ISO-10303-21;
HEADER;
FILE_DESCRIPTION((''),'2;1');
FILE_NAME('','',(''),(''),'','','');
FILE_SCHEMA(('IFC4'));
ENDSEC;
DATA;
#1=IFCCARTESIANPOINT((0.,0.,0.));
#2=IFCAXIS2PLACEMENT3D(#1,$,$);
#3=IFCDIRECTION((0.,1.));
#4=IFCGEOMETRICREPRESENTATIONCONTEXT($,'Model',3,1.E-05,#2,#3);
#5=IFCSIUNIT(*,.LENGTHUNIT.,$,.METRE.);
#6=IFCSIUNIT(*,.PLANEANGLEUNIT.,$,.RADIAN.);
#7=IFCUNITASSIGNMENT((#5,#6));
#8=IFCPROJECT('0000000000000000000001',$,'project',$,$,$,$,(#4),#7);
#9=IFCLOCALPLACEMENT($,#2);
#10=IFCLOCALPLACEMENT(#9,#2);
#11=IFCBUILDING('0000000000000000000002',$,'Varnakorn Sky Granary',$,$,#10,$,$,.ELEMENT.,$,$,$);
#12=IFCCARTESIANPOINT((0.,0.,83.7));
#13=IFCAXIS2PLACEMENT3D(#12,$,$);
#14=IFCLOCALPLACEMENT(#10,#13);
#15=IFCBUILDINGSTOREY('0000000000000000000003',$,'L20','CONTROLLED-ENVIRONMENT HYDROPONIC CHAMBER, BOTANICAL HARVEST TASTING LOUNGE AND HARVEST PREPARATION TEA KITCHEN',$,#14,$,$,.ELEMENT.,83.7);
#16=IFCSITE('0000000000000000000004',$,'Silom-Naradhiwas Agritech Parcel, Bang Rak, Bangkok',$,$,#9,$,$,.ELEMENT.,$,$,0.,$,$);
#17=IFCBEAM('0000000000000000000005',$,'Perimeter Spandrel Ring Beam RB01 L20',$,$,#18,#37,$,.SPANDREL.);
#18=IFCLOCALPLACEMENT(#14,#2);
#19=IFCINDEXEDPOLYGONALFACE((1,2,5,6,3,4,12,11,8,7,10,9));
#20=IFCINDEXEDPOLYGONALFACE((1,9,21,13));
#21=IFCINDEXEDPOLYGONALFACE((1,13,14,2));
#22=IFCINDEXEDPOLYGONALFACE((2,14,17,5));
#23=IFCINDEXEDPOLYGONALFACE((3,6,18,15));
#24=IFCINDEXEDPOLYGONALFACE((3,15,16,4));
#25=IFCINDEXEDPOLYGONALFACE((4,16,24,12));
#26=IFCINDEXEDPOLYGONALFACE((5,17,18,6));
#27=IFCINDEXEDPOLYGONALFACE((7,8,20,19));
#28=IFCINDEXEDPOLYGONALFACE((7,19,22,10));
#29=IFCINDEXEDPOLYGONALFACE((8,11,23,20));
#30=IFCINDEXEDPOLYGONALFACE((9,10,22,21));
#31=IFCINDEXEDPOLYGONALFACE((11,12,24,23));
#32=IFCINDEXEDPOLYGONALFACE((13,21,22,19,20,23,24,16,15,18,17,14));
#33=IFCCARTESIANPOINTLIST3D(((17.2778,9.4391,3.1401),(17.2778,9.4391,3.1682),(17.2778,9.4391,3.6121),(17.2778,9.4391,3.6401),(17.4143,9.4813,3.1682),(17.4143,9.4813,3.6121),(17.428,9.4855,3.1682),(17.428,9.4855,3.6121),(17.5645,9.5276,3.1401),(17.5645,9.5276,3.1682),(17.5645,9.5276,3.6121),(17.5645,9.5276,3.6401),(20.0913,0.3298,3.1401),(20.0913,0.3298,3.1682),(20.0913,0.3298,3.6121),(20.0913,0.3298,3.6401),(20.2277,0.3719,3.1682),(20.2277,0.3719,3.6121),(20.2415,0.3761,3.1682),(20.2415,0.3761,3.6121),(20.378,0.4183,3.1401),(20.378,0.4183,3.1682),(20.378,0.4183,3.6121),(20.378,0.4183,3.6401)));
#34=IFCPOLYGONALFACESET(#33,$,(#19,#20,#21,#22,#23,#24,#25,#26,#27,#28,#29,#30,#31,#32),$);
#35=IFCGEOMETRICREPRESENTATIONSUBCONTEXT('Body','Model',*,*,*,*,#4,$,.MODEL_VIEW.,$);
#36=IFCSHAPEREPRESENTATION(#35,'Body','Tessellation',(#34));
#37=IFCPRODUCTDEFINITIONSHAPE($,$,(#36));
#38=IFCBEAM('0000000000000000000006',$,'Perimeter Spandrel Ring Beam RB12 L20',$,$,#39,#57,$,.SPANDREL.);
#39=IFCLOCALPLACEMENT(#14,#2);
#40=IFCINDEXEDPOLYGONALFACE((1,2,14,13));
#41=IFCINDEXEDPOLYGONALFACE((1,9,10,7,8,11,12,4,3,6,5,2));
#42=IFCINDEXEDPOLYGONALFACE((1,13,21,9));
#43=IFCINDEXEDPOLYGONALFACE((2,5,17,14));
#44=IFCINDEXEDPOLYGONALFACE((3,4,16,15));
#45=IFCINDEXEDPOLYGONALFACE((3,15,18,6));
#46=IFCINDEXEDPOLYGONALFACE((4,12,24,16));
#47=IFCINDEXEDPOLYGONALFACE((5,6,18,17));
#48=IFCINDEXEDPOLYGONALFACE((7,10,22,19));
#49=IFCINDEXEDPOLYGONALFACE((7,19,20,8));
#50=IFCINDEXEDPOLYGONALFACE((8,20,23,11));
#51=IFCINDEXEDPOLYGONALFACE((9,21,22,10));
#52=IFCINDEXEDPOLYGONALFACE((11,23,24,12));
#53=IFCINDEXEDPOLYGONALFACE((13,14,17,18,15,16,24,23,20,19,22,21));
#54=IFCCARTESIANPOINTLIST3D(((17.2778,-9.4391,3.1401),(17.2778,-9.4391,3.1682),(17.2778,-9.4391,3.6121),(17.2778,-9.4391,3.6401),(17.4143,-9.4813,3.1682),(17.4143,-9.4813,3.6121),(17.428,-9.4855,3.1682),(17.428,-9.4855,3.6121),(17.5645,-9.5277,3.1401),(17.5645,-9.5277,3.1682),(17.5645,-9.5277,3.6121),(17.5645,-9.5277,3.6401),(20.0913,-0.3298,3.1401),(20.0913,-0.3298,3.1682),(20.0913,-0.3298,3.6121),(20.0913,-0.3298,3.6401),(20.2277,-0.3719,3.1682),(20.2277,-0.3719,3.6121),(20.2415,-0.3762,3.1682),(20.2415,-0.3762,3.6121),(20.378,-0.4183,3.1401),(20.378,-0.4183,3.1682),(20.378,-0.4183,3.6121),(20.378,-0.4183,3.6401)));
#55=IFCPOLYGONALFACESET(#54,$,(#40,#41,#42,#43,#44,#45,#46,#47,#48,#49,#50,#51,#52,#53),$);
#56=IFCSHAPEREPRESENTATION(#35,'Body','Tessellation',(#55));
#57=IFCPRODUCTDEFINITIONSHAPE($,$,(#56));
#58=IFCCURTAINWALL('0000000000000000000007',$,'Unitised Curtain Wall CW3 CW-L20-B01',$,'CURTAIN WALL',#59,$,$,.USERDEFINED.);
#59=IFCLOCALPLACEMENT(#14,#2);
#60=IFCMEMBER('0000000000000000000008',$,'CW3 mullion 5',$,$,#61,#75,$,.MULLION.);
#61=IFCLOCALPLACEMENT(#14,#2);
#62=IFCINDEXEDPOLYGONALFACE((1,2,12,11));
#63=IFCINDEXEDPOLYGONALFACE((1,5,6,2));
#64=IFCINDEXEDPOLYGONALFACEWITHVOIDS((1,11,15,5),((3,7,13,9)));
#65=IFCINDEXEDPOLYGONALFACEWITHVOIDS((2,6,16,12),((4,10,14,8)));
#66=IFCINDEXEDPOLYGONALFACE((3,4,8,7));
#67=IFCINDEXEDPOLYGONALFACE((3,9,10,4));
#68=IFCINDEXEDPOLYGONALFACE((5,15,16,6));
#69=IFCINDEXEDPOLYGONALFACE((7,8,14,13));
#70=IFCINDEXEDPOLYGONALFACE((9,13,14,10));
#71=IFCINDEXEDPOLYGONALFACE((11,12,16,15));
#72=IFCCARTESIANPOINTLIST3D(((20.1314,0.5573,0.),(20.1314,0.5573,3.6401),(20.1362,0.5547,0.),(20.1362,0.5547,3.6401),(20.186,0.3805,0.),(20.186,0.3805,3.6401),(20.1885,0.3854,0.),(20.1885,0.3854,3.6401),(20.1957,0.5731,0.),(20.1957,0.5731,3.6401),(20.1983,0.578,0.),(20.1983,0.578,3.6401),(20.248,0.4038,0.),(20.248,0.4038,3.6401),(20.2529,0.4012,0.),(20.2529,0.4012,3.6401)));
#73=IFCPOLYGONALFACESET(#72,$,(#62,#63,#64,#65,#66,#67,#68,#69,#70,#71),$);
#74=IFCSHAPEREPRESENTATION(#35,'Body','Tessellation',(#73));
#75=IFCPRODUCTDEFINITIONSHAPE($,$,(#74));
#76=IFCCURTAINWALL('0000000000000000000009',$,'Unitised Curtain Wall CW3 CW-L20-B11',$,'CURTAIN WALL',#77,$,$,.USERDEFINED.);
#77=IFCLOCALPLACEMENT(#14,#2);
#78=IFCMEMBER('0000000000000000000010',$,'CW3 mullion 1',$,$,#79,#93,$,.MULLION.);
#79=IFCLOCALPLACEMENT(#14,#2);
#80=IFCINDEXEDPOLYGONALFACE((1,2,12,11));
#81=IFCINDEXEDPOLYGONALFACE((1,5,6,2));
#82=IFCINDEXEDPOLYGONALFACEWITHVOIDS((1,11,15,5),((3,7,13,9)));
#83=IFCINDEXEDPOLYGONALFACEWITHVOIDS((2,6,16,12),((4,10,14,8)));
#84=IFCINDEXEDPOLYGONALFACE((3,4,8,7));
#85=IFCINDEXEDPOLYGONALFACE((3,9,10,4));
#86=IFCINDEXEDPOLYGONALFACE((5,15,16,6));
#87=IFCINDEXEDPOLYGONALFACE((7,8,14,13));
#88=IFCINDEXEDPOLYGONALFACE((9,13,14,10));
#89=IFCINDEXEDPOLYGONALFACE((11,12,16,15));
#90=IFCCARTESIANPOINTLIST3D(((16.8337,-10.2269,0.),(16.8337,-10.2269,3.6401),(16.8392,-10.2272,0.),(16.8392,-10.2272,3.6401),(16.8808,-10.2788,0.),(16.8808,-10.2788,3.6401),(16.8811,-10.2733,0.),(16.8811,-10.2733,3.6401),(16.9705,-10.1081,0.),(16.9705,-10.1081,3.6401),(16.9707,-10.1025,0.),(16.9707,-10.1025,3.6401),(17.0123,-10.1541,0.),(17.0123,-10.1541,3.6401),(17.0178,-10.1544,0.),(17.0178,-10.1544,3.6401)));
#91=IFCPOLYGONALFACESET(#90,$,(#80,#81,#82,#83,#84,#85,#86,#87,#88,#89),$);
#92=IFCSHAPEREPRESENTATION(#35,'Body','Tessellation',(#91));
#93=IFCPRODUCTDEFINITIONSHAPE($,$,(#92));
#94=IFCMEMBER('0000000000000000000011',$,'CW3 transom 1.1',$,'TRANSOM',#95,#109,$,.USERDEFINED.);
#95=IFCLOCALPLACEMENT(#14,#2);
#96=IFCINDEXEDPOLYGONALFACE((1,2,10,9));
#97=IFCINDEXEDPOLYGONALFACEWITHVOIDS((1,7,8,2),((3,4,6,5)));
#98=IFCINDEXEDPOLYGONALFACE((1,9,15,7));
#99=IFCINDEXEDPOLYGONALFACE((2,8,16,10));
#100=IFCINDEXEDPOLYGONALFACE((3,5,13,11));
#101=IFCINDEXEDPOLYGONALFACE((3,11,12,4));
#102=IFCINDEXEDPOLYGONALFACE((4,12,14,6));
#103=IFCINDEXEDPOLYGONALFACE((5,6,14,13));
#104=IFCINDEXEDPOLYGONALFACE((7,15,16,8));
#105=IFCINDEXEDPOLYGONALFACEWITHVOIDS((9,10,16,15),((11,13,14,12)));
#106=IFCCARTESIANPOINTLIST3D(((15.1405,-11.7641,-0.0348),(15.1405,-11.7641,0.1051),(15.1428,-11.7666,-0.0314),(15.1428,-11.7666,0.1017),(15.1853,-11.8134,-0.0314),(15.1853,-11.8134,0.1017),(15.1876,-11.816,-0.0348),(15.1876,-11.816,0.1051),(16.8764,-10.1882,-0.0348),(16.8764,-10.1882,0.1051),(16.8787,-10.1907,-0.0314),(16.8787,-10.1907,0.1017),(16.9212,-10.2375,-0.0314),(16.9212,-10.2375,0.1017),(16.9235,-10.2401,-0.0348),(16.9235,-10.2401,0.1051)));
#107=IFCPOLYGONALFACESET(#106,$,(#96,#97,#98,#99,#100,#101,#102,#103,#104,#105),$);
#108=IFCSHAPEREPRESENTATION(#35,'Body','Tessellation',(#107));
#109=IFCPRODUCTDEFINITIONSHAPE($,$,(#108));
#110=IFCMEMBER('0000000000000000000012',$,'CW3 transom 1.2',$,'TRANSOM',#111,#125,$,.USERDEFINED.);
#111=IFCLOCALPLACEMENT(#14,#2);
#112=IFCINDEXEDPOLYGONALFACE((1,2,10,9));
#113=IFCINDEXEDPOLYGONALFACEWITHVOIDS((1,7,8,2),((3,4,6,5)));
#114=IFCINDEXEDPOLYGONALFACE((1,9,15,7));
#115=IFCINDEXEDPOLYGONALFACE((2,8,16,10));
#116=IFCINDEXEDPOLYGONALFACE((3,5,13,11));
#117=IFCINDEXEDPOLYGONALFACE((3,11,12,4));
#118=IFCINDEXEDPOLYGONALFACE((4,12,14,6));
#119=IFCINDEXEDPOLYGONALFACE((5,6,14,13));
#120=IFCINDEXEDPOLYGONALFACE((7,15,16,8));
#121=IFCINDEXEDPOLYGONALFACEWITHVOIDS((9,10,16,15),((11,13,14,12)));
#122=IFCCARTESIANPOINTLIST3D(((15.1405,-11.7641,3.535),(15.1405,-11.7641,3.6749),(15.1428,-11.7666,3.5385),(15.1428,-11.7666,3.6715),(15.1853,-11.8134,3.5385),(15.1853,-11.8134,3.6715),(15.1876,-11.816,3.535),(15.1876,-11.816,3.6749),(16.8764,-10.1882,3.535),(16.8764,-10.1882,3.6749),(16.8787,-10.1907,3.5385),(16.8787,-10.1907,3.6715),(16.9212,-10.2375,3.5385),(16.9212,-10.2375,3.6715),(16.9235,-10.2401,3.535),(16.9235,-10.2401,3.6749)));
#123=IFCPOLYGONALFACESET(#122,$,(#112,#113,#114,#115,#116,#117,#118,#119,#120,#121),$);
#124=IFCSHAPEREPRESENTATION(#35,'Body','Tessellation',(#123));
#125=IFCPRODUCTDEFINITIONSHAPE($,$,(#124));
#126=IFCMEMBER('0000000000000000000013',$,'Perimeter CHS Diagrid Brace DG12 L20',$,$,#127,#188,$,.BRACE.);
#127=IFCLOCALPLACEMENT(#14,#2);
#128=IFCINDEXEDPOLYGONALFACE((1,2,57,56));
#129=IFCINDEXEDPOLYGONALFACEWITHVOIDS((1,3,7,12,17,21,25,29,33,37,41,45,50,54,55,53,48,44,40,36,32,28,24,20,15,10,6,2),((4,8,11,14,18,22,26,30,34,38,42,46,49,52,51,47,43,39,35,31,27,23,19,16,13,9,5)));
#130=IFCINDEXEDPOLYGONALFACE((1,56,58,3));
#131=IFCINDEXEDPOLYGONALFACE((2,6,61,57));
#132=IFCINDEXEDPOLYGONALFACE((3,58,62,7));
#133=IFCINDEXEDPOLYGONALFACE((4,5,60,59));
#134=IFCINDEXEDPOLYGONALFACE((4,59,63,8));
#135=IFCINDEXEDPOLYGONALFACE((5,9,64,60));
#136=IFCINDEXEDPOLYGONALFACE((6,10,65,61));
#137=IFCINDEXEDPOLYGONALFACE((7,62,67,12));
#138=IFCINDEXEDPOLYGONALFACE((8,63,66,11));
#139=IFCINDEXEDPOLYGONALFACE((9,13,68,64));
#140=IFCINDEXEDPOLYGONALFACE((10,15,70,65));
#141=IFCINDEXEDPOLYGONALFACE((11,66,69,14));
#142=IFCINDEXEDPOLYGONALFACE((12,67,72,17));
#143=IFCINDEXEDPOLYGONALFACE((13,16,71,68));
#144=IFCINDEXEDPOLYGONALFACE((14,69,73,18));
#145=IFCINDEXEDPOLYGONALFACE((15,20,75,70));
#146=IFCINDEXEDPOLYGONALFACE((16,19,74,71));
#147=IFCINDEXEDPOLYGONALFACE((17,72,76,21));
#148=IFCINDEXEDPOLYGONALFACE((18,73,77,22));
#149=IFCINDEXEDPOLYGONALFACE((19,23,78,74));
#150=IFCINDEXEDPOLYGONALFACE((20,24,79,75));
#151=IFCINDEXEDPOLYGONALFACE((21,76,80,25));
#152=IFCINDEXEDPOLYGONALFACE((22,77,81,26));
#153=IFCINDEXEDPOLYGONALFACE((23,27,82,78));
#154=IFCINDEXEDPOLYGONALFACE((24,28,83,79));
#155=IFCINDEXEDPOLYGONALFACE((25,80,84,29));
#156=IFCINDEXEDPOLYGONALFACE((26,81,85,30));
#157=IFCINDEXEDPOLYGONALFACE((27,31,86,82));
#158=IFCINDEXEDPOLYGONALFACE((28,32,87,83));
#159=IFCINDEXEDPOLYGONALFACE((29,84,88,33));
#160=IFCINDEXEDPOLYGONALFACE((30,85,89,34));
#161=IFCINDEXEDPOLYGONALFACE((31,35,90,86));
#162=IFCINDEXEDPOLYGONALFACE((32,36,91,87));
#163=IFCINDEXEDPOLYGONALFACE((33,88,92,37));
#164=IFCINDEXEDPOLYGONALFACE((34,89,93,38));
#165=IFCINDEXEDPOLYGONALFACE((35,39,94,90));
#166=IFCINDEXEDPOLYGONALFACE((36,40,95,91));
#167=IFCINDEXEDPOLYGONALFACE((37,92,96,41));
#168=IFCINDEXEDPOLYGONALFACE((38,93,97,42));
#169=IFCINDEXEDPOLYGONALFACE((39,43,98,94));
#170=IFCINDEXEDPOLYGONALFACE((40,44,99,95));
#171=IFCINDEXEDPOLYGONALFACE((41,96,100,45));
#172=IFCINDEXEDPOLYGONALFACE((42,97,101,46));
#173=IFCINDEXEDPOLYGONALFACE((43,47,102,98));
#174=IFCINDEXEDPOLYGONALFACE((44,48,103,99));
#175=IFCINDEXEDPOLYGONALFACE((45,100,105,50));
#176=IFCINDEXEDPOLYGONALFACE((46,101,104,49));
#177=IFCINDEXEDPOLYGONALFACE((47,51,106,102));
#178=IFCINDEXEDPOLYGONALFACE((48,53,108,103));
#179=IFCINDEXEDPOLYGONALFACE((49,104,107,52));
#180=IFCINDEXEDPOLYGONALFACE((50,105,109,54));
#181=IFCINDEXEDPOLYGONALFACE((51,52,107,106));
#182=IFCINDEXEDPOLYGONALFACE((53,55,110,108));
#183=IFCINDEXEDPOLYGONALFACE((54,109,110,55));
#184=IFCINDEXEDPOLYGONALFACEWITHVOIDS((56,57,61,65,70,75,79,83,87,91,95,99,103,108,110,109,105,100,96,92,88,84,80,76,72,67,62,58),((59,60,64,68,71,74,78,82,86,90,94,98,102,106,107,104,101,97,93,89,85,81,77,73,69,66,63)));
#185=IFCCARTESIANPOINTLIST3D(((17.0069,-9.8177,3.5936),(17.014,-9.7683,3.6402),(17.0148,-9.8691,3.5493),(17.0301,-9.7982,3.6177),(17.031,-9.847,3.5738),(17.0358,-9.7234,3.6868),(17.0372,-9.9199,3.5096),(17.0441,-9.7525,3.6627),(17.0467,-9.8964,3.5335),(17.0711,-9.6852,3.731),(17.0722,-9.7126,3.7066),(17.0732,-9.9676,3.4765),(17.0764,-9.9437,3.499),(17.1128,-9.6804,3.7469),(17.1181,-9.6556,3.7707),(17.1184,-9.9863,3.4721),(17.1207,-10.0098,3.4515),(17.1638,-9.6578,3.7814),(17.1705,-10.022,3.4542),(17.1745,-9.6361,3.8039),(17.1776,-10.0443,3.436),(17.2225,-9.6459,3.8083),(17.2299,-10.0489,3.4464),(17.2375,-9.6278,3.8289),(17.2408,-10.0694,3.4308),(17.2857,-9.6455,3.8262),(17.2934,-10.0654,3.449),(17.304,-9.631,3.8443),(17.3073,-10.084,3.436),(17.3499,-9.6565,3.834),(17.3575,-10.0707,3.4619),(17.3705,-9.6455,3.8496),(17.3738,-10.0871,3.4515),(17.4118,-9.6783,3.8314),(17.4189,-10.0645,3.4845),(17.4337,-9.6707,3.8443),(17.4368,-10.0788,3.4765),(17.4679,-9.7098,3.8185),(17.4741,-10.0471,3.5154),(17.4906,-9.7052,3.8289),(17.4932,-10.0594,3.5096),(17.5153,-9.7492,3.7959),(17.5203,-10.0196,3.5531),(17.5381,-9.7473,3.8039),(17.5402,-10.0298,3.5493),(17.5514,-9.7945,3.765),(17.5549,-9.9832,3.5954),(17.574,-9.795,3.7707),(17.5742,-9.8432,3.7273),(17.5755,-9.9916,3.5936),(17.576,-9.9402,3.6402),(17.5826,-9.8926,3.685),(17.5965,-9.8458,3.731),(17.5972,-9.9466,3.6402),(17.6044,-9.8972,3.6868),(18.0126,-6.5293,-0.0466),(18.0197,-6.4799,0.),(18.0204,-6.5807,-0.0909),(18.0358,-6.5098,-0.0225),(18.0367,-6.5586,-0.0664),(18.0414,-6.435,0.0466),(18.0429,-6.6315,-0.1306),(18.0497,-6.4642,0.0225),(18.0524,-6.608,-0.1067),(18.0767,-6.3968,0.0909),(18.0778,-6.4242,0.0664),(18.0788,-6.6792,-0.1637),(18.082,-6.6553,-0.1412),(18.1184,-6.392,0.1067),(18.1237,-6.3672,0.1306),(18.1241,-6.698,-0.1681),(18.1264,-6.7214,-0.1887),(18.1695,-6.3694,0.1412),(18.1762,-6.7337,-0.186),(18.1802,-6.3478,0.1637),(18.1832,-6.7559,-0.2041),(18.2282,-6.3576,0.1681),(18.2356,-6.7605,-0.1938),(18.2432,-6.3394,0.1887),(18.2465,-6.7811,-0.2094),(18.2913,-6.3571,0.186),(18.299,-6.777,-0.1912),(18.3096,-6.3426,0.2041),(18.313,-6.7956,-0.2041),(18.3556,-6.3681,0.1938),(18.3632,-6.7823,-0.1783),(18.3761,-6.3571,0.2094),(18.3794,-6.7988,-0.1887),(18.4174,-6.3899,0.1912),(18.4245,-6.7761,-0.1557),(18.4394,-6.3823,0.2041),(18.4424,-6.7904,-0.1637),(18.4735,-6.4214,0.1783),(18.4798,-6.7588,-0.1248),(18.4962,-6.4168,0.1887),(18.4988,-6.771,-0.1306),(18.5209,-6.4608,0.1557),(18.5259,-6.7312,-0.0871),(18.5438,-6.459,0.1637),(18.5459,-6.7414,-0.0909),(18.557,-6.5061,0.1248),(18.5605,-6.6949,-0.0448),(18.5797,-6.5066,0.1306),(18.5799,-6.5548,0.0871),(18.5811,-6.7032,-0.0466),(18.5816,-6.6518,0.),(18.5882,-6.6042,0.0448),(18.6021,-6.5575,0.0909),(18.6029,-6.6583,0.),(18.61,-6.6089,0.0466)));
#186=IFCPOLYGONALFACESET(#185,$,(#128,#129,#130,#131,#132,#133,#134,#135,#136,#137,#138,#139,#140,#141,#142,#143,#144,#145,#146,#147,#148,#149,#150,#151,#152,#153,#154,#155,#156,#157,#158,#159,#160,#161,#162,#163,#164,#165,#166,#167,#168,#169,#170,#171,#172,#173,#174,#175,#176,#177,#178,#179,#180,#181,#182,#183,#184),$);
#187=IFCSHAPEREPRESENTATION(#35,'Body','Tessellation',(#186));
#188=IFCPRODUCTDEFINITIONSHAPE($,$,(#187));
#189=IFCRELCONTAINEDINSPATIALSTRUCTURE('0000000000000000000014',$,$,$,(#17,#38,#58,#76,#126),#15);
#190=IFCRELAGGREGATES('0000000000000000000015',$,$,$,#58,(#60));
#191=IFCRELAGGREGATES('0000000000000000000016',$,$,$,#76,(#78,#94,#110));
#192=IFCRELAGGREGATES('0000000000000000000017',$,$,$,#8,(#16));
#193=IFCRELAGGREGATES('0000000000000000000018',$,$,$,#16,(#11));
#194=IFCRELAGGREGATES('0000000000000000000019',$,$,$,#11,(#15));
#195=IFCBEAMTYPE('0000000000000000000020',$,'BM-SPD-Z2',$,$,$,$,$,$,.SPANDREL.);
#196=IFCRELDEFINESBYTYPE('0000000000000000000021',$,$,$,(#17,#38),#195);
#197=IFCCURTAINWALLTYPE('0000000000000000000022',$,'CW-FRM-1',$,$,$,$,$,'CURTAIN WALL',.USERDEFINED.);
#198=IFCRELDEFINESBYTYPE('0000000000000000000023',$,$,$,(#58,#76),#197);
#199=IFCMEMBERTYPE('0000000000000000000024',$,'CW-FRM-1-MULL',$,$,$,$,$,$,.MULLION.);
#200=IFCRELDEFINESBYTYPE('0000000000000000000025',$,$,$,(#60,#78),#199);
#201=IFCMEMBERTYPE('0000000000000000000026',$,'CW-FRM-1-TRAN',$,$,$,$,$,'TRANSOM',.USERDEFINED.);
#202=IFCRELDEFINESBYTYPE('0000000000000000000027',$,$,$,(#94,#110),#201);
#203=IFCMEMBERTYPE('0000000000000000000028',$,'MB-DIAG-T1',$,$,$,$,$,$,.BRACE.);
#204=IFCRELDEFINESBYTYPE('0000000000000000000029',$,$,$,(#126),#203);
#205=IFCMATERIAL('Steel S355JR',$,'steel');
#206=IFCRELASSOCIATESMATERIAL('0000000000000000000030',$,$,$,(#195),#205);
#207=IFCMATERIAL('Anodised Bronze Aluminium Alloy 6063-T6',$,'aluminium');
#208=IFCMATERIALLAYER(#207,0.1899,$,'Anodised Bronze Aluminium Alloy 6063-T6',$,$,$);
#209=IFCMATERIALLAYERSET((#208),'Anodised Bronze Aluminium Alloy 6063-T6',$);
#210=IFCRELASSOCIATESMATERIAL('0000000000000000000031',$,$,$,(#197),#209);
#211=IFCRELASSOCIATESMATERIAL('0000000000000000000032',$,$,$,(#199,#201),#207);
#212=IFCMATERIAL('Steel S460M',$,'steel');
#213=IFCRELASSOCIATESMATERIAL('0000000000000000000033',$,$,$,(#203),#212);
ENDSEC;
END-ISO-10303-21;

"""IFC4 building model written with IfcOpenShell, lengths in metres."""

from ifc_helpers import new_model, si_unit, direction, frame, origin, origin_2d, place, context, subcontext, project, spatial, hollow_rectangle, hollow_circle, i_section, extrude, material, layer, layer_set, material_profile, profile_set, type_object, element, aggregate, save


model = new_model("IFC4")

# Units and contexts
model_context = context("Model", 3, precision=1e-05, world=origin(), true_north=direction((0.0, 1.0)))
body_context = subcontext(model_context, "Body", "Model", "MODEL_VIEW")
ifc_project = project(units=[si_unit("LENGTHUNIT", "METRE"), si_unit("PLANEANGLEUNIT", "RADIAN")], contexts=[model_context])

# Site, building, storey
site_placement = place(None, origin())
site = spatial("IfcSite", under=ifc_project, at=site_placement, Name="Silom-Naradhiwas Agritech Parcel, Bang Rak, Bangkok", CompositionType="ELEMENT", RefElevation=0.0)
building_placement = place(site_placement, origin())
building = spatial("IfcBuilding", under=site, at=building_placement, Name="Varnakorn Sky Granary", CompositionType="ELEMENT")
storey_placement = place(building_placement, frame((0.0, 0.0, 83.7)))
storey = spatial("IfcBuildingStorey", under=building, at=storey_placement, Name="L20", Description="CONTROLLED-ENVIRONMENT HYDROPONIC CHAMBER, BOTANICAL HARVEST TASTING LOUNGE AND HARVEST PREPARATION TEA KITCHEN", CompositionType="ELEMENT", Elevation=83.7)

# Shared definitions
ifc_material_1 = material(Name="Steel S460M", Category="steel")

# Beams
ifc_material_2 = material(Name="Steel S355JR", Category="steel")
ifc_material_profile_1 = material_profile(ifc_material_2, i_section(OverallWidth=0.3, OverallDepth=0.5, WebThickness=0.0144, FlangeThickness=0.0281, at=origin_2d()), Name="HE 500 B")
ifc_profile_set_1 = profile_set([ifc_material_profile_1], Name="Steel S355JR")
beam_type_1 = type_object("IfcBeamType", Name="BM-SPD-Z2", PredefinedType="SPANDREL", material=ifc_profile_set_1)
for number, where, z_axis, x_axis, name in (
    (1, (20.2346, 0.374, 3.3901), (-0.295101, 0.955466, 0.0), (-0.955466, -0.295101, 0.0), "Perimeter Spandrel Ring Beam RB01 L20"),
    (2, (17.4211, -9.4834, 3.3901), (0.295101, 0.955466, 0.0), (-0.955466, 0.295101, 0.0), "Perimeter Spandrel Ring Beam RB12 L20"),
):
    element("IfcBeam", number, at=place(storey_placement, frame(where, z_axis=z_axis, x_axis=x_axis)), inside=storey, type_object=beam_type_1, Name=name, PredefinedType="SPANDREL", context=body_context, shape_type="SweptSolid", body=[
        extrude(i_section(OverallWidth=0.3, OverallDepth=0.5, WebThickness=0.0144, FlangeThickness=0.0281, at=origin_2d()), origin(), (0.0, 0.0, 1.0), 9.5339),
    ])

# Curtain wall, member
ifc_material_3 = material(Name="Anodised Bronze Aluminium Alloy 6063-T6", Category="aluminium")
ifc_layer_1 = layer(ifc_material_3, 0.1899, Name="Anodised Bronze Aluminium Alloy 6063-T6")
ifc_layer_set_1 = layer_set([ifc_layer_1], Name="Anodised Bronze Aluminium Alloy 6063-T6")
curtain_wall_type = type_object("IfcCurtainWallType", Name="CW-FRM-1", ElementType="CURTAIN WALL", PredefinedType="USERDEFINED", material=ifc_layer_set_1)
curtain_wall_1_placement = place(storey_placement, origin())
curtain_wall_1 = element("IfcCurtainWall", 3, at=curtain_wall_1_placement, inside=storey, type_object=curtain_wall_type, Name="Unitised Curtain Wall CW3 CW-L20-B01", ObjectType="CURTAIN WALL", PredefinedType="USERDEFINED")
ifc_material_profile_2 = material_profile(ifc_material_3, hollow_rectangle(XDim=0.0701, YDim=0.1851, WallThickness=0.0039, at=origin_2d()), Name="ALU MULL 70x185")
ifc_profile_set_2 = profile_set([ifc_material_profile_2], Name="Anodised Bronze Aluminium Alloy 6063-T6")
member_type_1 = type_object("IfcMemberType", Name="CW-FRM-1-MULL", PredefinedType="MULLION", material=ifc_profile_set_2)
member_1_placement = place(storey_placement, frame((20.1921, 0.4792, 0.0), z_axis=(0.0, 0.0, 1.0), x_axis=(0.955475, 0.295072, 0.0)))
member_1 = element("IfcMember", 4, at=member_1_placement, type_object=member_type_1, Name="CW3 mullion 5", PredefinedType="MULLION", context=body_context, shape_type="SweptSolid", body=[
    extrude(hollow_rectangle(XDim=0.0701, YDim=0.1851, WallThickness=0.0039, at=origin_2d()), origin(), (0.0, 0.0, 1.0), 3.6401),
])
aggregate(curtain_wall_1, [member_1])

# Curtain wall, members
curtain_wall_2_placement = place(storey_placement, origin())
curtain_wall_2 = element("IfcCurtainWall", 5, at=curtain_wall_2_placement, inside=storey, type_object=curtain_wall_type, Name="Unitised Curtain Wall CW3 CW-L20-B11", ObjectType="CURTAIN WALL", PredefinedType="USERDEFINED")
member_2_placement = place(storey_placement, frame((16.9258, -10.1907, 0.0), z_axis=(0.0, 0.0, 1.0), x_axis=(0.672211, -0.74036, 0.0)))
member_2 = element("IfcMember", 6, at=member_2_placement, type_object=member_type_1, Name="CW3 mullion 1", PredefinedType="MULLION", context=body_context, shape_type="SweptSolid", body=[
    extrude(hollow_rectangle(XDim=0.0701, YDim=0.1851, WallThickness=0.0039, at=origin_2d()), origin(), (0.0, 0.0, 1.0), 3.6401),
])
ifc_material_profile_3 = material_profile(ifc_material_3, hollow_rectangle(XDim=0.0701, YDim=0.1399, WallThickness=0.0034, at=origin_2d()), Name="ALU TRAN 70x140")
ifc_profile_set_3 = profile_set([ifc_material_profile_3], Name="Anodised Bronze Aluminium Alloy 6063-T6")
member_type_2 = type_object("IfcMemberType", Name="CW-FRM-1-TRAN", ElementType="TRANSOM", PredefinedType="USERDEFINED", material=ifc_profile_set_3)
member_3_placement = place(storey_placement, frame((16.8999, -10.2141, 0.0352), z_axis=(-0.740388, -0.67218, 0.0), x_axis=(0.67218, -0.740388, 0.0)))
member_3 = element("IfcMember", 7, at=member_3_placement, type_object=member_type_2, Name="CW3 transom 1.1", ObjectType="TRANSOM", PredefinedType="USERDEFINED", context=body_context, shape_type="SweptSolid", body=[
    extrude(hollow_rectangle(XDim=0.0701, YDim=0.1399, WallThickness=0.0034, at=origin_2d()), origin(), (0.0, 0.0, 1.0), 2.3445),
])
member_4_placement = place(storey_placement, frame((16.8999, -10.2141, 3.605), z_axis=(-0.740388, -0.67218, 0.0), x_axis=(0.67218, -0.740388, 0.0)))
member_4 = element("IfcMember", 8, at=member_4_placement, type_object=member_type_2, Name="CW3 transom 1.2", ObjectType="TRANSOM", PredefinedType="USERDEFINED", context=body_context, shape_type="SweptSolid", body=[
    extrude(hollow_rectangle(XDim=0.0701, YDim=0.1399, WallThickness=0.0034, at=origin_2d()), origin(), (0.0, 0.0, 1.0), 2.3445),
])
aggregate(curtain_wall_2, [member_2, member_3, member_4])

# Member
ifc_material_profile_4 = material_profile(ifc_material_1, hollow_circle(Radius=0.3049, WallThickness=0.0222, at=origin_2d()), Name="CHS 610x22")
ifc_profile_set_4 = profile_set([ifc_material_profile_4], Name="Steel S460M")
member_type_3 = type_object("IfcMemberType", Name="MB-DIAG-T1", PredefinedType="BRACE", material=ifc_profile_set_4)
member_5_placement = place(storey_placement, frame((18.3113, -6.5691, 0.0), z_axis=(-0.200822, -0.656682, 0.726938), x_axis=(0.956283, -0.292444, 0.0)))
element("IfcMember", 9, at=member_5_placement, inside=storey, type_object=member_type_3, Name="Perimeter CHS Diagrid Brace DG12 L20", PredefinedType="BRACE", context=body_context, shape_type="SweptSolid", body=[
    extrude(hollow_circle(Radius=0.3049, WallThickness=0.0222, at=origin_2d()), origin(), (0.0, 0.0, 1.0), 5.0076),
])

save(model, "model.ifc")
